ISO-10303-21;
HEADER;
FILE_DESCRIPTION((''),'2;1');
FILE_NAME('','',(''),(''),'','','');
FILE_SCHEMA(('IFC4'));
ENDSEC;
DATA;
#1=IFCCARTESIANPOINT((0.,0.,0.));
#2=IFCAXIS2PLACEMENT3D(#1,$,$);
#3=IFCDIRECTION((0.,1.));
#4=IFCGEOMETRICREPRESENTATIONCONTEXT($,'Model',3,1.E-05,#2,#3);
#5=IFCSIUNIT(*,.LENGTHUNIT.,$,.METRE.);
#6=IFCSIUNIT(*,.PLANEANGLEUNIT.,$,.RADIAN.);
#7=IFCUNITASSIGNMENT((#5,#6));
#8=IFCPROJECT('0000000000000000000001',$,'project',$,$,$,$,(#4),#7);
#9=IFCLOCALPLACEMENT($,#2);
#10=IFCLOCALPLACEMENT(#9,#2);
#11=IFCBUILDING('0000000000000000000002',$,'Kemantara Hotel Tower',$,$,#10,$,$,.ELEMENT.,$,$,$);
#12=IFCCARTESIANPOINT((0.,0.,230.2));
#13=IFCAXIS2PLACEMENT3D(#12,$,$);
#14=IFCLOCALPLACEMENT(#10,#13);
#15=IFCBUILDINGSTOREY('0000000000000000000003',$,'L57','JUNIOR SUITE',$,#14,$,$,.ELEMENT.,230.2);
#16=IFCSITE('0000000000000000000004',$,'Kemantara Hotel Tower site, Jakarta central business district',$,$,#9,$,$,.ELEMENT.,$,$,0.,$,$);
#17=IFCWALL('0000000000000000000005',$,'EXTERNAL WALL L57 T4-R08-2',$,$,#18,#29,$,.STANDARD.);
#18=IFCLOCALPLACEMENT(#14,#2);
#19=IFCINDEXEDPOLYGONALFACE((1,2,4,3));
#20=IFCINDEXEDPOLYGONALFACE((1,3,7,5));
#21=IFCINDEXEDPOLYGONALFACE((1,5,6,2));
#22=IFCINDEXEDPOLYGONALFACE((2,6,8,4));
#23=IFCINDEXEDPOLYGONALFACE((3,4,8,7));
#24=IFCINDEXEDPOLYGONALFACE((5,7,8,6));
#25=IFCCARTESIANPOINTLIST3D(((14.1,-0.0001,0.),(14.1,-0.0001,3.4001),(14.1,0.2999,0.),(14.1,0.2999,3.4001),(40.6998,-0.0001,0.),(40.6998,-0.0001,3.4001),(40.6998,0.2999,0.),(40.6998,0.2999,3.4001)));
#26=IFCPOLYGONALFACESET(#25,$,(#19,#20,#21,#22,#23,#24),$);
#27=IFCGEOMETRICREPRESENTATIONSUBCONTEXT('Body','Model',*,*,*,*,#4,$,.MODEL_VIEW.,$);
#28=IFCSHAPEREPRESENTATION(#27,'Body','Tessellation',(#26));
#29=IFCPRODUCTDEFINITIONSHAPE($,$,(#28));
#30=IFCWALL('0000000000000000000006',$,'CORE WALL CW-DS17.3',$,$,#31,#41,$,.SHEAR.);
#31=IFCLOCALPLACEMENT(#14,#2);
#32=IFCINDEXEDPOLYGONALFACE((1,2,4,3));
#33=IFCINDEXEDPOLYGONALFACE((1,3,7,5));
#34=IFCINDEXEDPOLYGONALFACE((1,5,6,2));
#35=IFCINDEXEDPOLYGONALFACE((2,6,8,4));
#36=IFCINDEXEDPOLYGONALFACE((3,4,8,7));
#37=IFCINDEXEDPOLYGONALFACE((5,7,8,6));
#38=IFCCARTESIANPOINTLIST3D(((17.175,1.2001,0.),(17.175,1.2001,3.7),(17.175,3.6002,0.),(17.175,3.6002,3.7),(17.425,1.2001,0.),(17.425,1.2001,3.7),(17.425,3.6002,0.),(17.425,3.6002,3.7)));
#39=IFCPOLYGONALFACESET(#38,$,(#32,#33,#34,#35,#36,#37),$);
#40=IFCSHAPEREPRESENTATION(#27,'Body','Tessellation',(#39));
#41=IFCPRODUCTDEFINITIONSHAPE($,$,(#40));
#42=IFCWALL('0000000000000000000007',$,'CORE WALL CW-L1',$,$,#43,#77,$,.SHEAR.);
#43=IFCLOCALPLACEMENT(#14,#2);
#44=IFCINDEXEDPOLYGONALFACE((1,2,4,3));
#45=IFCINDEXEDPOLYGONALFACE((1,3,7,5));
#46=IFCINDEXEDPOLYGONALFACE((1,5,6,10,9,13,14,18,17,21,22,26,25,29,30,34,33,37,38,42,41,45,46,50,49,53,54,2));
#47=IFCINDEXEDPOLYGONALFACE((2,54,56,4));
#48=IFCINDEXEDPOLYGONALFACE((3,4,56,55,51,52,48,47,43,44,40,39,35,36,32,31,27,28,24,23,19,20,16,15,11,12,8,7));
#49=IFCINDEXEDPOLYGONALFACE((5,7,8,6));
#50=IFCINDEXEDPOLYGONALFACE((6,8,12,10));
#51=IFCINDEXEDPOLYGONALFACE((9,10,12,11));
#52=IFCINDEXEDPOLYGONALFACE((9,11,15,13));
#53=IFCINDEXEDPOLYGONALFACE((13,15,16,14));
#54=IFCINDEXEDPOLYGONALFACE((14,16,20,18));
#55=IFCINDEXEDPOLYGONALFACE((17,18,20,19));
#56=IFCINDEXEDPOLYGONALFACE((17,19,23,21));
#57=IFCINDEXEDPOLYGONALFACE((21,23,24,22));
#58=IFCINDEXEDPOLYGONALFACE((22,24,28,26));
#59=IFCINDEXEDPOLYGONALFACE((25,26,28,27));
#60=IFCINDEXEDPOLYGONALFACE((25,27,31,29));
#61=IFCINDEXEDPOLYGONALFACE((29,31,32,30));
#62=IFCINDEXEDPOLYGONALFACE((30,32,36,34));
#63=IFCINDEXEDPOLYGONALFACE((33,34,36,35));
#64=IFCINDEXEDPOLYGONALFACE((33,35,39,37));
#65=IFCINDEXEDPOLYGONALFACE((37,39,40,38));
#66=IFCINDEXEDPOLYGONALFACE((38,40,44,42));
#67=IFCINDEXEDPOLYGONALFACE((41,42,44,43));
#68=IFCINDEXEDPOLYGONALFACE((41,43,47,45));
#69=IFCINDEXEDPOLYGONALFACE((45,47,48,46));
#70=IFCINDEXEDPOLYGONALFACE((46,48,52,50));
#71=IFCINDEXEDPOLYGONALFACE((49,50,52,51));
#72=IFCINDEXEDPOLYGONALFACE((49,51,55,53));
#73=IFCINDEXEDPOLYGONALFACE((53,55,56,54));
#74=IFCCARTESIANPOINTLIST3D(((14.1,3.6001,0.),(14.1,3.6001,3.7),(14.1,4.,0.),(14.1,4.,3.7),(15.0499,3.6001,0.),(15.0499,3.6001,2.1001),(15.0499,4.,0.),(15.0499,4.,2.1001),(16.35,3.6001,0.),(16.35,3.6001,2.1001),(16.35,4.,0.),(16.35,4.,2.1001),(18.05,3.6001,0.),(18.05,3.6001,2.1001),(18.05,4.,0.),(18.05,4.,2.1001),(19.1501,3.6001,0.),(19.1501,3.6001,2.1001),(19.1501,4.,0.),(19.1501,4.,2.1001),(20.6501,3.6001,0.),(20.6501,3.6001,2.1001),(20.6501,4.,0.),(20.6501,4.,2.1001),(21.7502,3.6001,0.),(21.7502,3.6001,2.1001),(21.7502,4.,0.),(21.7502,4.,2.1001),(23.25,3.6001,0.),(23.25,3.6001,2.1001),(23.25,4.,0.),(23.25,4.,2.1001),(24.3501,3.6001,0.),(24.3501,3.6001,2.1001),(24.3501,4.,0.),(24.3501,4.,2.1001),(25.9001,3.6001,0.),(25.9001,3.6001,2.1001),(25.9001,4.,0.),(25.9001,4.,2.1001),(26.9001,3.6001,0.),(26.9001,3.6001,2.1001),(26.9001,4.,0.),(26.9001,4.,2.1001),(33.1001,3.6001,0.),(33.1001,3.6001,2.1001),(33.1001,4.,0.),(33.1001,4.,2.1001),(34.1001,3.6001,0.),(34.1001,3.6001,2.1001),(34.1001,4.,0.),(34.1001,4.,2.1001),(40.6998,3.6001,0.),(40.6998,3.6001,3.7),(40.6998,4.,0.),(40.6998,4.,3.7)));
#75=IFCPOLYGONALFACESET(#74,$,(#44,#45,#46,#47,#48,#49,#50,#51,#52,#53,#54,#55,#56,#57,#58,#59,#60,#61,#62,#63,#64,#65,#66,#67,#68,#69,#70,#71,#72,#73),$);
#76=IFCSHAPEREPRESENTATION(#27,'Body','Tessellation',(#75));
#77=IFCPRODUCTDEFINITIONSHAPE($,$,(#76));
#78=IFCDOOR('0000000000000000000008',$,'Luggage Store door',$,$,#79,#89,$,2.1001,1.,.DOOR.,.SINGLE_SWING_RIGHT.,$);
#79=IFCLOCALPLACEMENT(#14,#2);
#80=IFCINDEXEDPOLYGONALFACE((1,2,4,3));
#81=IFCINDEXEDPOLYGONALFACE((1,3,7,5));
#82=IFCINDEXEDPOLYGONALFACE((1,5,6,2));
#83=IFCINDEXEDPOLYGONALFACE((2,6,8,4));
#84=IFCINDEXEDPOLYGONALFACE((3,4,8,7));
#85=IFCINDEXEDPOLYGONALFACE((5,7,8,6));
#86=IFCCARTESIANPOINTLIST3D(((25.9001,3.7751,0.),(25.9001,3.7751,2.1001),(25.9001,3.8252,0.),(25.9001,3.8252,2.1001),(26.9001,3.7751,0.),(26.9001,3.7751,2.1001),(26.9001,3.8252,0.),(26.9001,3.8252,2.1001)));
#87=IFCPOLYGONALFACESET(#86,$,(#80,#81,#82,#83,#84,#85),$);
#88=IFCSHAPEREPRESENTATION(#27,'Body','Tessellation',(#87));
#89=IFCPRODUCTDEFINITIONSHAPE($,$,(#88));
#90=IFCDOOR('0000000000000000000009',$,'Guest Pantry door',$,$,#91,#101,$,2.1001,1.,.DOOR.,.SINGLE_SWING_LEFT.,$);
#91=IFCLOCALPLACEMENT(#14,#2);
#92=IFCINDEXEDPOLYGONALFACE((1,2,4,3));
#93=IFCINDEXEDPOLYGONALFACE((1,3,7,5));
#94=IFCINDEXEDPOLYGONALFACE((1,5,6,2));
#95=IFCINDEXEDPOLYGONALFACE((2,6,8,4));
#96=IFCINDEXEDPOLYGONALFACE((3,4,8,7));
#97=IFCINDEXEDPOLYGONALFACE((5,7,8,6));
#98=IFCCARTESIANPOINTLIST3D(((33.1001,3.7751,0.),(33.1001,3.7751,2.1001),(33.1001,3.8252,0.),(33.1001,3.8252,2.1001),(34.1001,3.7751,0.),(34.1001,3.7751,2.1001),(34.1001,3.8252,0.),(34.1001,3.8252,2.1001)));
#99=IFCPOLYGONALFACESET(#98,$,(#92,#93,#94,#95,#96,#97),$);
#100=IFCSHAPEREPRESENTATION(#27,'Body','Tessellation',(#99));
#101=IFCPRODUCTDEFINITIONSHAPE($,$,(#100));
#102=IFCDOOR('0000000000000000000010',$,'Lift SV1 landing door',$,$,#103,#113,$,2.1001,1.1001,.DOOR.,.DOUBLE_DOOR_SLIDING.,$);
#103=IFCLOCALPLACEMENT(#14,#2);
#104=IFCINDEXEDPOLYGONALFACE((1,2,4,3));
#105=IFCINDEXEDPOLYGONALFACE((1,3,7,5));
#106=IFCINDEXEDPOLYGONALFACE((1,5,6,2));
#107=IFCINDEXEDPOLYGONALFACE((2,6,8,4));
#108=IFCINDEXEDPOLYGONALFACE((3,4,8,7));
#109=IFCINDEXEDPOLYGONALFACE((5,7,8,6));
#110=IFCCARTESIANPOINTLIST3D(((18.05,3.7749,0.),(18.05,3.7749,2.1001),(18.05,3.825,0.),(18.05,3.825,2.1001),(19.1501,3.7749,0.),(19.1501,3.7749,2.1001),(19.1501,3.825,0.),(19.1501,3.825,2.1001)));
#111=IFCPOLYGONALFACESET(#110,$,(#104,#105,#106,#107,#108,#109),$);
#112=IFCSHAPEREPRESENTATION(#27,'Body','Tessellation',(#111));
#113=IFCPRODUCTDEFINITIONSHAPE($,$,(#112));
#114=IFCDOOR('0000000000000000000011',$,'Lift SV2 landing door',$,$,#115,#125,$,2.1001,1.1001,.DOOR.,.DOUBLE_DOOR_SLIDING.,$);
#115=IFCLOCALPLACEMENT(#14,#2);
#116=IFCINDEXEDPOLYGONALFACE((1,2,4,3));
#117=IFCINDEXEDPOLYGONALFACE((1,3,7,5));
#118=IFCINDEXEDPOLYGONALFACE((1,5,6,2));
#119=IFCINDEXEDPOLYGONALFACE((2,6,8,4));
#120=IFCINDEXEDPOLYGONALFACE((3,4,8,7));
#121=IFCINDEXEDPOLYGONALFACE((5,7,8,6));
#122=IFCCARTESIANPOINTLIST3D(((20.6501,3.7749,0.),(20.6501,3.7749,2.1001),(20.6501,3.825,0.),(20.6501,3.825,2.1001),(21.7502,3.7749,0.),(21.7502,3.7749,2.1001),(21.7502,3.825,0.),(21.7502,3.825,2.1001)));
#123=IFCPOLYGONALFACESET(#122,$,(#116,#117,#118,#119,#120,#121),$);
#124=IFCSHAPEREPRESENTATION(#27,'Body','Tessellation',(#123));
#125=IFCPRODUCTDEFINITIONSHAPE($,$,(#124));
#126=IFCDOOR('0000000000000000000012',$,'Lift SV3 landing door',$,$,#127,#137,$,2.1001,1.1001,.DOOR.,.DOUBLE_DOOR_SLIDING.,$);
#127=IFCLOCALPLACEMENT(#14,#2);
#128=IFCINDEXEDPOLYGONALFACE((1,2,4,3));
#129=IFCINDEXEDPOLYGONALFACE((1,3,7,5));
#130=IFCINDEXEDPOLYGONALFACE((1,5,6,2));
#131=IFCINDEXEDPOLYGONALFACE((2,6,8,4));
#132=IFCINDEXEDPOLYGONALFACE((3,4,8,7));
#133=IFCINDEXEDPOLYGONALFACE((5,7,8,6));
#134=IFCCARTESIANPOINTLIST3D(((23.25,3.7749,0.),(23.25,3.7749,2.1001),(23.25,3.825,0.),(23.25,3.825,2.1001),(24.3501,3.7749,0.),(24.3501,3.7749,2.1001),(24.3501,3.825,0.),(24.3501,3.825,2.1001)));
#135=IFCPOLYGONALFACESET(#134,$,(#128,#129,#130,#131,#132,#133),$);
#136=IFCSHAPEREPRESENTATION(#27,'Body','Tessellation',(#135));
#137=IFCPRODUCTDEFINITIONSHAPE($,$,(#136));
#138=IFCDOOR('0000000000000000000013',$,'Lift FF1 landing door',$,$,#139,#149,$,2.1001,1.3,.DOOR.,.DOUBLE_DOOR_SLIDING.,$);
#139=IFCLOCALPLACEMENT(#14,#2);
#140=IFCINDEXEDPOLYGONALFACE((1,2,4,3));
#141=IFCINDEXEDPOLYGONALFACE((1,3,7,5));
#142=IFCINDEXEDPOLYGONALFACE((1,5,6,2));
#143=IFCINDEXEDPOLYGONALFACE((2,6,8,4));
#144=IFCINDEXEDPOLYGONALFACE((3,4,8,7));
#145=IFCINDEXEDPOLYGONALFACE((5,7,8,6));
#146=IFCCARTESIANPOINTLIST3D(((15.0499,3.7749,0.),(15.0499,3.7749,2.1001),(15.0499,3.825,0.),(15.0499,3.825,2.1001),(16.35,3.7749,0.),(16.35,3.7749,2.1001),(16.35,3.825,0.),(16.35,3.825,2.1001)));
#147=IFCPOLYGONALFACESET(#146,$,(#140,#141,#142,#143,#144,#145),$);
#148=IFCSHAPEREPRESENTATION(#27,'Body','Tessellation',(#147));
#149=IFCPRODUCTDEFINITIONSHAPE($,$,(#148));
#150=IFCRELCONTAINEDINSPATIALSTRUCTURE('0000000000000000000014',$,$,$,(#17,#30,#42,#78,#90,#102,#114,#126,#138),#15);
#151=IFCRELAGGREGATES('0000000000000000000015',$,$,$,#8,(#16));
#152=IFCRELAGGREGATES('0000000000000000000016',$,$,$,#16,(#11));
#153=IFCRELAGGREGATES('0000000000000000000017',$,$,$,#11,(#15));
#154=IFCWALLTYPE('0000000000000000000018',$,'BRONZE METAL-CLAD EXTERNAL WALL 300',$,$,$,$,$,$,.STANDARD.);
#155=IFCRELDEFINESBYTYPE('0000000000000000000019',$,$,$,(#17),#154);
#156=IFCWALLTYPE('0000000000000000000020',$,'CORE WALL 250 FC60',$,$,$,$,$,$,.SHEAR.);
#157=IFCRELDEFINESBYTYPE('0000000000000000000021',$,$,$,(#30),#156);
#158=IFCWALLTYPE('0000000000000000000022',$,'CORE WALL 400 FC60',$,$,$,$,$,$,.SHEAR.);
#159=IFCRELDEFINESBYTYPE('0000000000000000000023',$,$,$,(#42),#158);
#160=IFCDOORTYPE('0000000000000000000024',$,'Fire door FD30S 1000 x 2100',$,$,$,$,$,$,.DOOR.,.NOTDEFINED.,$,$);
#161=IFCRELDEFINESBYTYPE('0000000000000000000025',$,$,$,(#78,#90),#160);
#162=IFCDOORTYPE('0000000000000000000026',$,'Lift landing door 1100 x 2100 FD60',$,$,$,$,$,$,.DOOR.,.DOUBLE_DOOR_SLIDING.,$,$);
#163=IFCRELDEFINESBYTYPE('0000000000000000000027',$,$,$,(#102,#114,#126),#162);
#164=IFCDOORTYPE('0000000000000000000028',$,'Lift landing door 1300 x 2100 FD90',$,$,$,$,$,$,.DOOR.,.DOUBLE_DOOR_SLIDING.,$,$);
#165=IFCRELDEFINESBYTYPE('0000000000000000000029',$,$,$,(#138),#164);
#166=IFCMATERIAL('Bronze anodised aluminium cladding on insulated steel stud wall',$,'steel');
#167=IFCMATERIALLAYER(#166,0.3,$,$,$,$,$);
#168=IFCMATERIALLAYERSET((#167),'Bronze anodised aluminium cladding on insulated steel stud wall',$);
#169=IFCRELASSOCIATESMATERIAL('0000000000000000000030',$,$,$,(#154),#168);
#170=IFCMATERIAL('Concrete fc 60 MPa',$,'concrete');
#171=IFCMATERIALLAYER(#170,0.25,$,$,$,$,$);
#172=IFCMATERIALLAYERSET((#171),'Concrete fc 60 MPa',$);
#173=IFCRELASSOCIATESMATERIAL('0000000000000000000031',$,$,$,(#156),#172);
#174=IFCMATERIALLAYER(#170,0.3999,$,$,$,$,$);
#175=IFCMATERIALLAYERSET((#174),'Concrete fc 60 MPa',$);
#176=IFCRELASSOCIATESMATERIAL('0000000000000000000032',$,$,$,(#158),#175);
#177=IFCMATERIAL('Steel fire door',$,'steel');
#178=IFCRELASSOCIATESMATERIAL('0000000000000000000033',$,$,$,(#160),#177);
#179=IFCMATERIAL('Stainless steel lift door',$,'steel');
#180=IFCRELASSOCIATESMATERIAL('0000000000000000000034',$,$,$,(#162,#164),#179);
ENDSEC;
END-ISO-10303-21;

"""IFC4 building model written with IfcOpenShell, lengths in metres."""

from ifc_helpers import new_model, si_unit, direction, frame, frame_2d, origin, place, context, subcontext, project, spatial, rectangle, extrude, material, layer, layer_set, type_object, element, fill, save


model = new_model("IFC4")

# Units and contexts
model_context = context("Model", 3, precision=1e-05, world=origin(), true_north=direction((0.0, 1.0)))
body_context = subcontext(model_context, "Body", "Model", "MODEL_VIEW")
ifc_project = project(units=[si_unit("LENGTHUNIT", "METRE"), si_unit("PLANEANGLEUNIT", "RADIAN")], contexts=[model_context])

# Site, building, storey
site_placement = place(None, origin())
site = spatial("IfcSite", under=ifc_project, at=site_placement, Name="Kemantara Hotel Tower site, Jakarta central business district", CompositionType="ELEMENT", RefElevation=0.0)
building_placement = place(site_placement, origin())
building = spatial("IfcBuilding", under=site, at=building_placement, Name="Kemantara Hotel Tower", CompositionType="ELEMENT")
storey_placement = place(building_placement, frame((0.0, 0.0, 230.2)))
storey = spatial("IfcBuildingStorey", under=building, at=storey_placement, Name="L57", Description="JUNIOR SUITE", CompositionType="ELEMENT", Elevation=230.2)

# Walls
ifc_material_1 = material(Name="Bronze anodised aluminium cladding on insulated steel stud wall", Category="steel")
ifc_layer_1 = layer(ifc_material_1, 0.3)
ifc_layer_set_1 = layer_set([ifc_layer_1], Name="Bronze anodised aluminium cladding on insulated steel stud wall")
wall_type_1 = type_object("IfcWallType", Name="BRONZE METAL-CLAD EXTERNAL WALL 300", PredefinedType="STANDARD", material=ifc_layer_set_1)
wall_1_placement = place(storey_placement, frame((14.1001, 0.1499, 0.0), z_axis=(0.0, 0.0, 1.0), x_axis=(1.0, 0.0, 0.0)))
element("IfcWall", 1, at=wall_1_placement, inside=storey, type_object=wall_type_1, Name="EXTERNAL WALL L57 T4-R08-2", PredefinedType="STANDARD", context=body_context, shape_type="SweptSolid", body=[
    extrude(rectangle(XDim=26.5999, YDim=0.3, at=frame_2d((13.2998, 0.0))), origin(), (0.0, 0.0, 1.0), 3.4001),
])
ifc_material_2 = material(Name="Concrete fc 60 MPa", Category="concrete")
ifc_layer_2 = layer(ifc_material_2, 0.25)
ifc_layer_set_2 = layer_set([ifc_layer_2], Name="Concrete fc 60 MPa")
wall_type_2 = type_object("IfcWallType", Name="CORE WALL 250 FC60", PredefinedType="SHEAR", material=ifc_layer_set_2)
wall_2_placement = place(storey_placement, frame((17.3, 1.2, 0.0), z_axis=(0.0, 0.0, 1.0), x_axis=(0.0, 1.0, 0.0)))
element("IfcWall", 2, at=wall_2_placement, inside=storey, type_object=wall_type_2, Name="CORE WALL CW-DS17.3", PredefinedType="SHEAR", context=body_context, shape_type="SweptSolid", body=[
    extrude(rectangle(XDim=2.4001, YDim=0.25, at=frame_2d((1.2002, 0.0))), origin(), (0.0, 0.0, 1.0), 3.7),
])

# Wall, openings, doors
ifc_layer_3 = layer(ifc_material_2, 0.3999)
ifc_layer_set_3 = layer_set([ifc_layer_3], Name="Concrete fc 60 MPa")
wall_type_3 = type_object("IfcWallType", Name="CORE WALL 400 FC60", PredefinedType="SHEAR", material=ifc_layer_set_3)
wall_3_placement = place(storey_placement, frame((14.1001, 3.8, 0.0), z_axis=(0.0, 0.0, 1.0), x_axis=(1.0, 0.0, 0.0)))
wall_3 = element("IfcWall", 3, at=wall_3_placement, inside=storey, type_object=wall_type_3, Name="CORE WALL CW-L1", PredefinedType="SHEAR", context=body_context, shape_type="SweptSolid", body=[
    extrude(rectangle(XDim=26.5999, YDim=0.3999, at=frame_2d((13.2998, 0.0))), origin(), (0.0, 0.0, 1.0), 3.7),
])
opening_1_placement = place(wall_3_placement, frame((0.95, 0.0, 0.0)))
opening_1 = element("IfcOpeningElement", 4, at=opening_1_placement, cuts=wall_3, PredefinedType="OPENING", context=body_context, shape_type="SweptSolid", body=[
    extrude(rectangle(XDim=1.3, YDim=2.1001, at=frame_2d((0.6499, 1.05))), frame((0.0, 0.21, 0.0), z_axis=(0.0, -1.0, 0.0), x_axis=(1.0, 0.0, 0.0)), (0.0, 0.0, 1.0), 0.4199),
])
opening_2_placement = place(wall_3_placement, frame((3.95, 0.0, 0.0)))
opening_2 = element("IfcOpeningElement", 5, at=opening_2_placement, cuts=wall_3, PredefinedType="OPENING", context=body_context, shape_type="SweptSolid", body=[
    extrude(rectangle(XDim=1.1001, YDim=2.1001, at=frame_2d((0.55, 1.05))), frame((0.0, 0.21, 0.0), z_axis=(0.0, -1.0, 0.0), x_axis=(1.0, 0.0, 0.0)), (0.0, 0.0, 1.0), 0.4199),
])
opening_3_placement = place(wall_3_placement, frame((6.55, 0.0, 0.0)))
opening_3 = element("IfcOpeningElement", 6, at=opening_3_placement, cuts=wall_3, PredefinedType="OPENING", context=body_context, shape_type="SweptSolid", body=[
    extrude(rectangle(XDim=1.1001, YDim=2.1001, at=frame_2d((0.55, 1.05))), frame((0.0, 0.21, 0.0), z_axis=(0.0, -1.0, 0.0), x_axis=(1.0, 0.0, 0.0)), (0.0, 0.0, 1.0), 0.4199),
])
opening_4_placement = place(wall_3_placement, frame((9.1499, 0.0, 0.0)))
opening_4 = element("IfcOpeningElement", 7, at=opening_4_placement, cuts=wall_3, PredefinedType="OPENING", context=body_context, shape_type="SweptSolid", body=[
    extrude(rectangle(XDim=1.1001, YDim=2.1001, at=frame_2d((0.55, 1.05))), frame((0.0, 0.21, 0.0), z_axis=(0.0, -1.0, 0.0), x_axis=(1.0, 0.0, 0.0)), (0.0, 0.0, 1.0), 0.4199),
])
opening_5_placement = place(wall_3_placement, frame((11.8, 0.0, 0.0)))
opening_5 = element("IfcOpeningElement", 8, at=opening_5_placement, cuts=wall_3, PredefinedType="OPENING", context=body_context, shape_type="SweptSolid", body=[
    extrude(rectangle(XDim=1.0, YDim=2.1001, at=frame_2d((0.5, 1.05))), frame((0.0, 0.21, 0.0), z_axis=(0.0, -1.0, 0.0), x_axis=(1.0, 0.0, 0.0)), (0.0, 0.0, 1.0), 0.4199),
])
opening_6_placement = place(wall_3_placement, frame((19.0, 0.0, 0.0)))
opening_6 = element("IfcOpeningElement", 9, at=opening_6_placement, cuts=wall_3, PredefinedType="OPENING", context=body_context, shape_type="SweptSolid", body=[
    extrude(rectangle(XDim=1.0, YDim=2.1001, at=frame_2d((0.5, 1.05))), frame((0.0, 0.21, 0.0), z_axis=(0.0, -1.0, 0.0), x_axis=(1.0, 0.0, 0.0)), (0.0, 0.0, 1.0), 0.4199),
])
ifc_material_3 = material(Name="Steel fire door", Category="steel")
door_type_1 = type_object("IfcDoorType", Name="Fire door FD30S 1000 x 2100", OperationType="NOTDEFINED", PredefinedType="DOOR", material=ifc_material_3)
door_1_placement = place(opening_5_placement, frame((1.0, 0.0, 0.0), z_axis=(0.0, 0.0, 1.0), x_axis=(-1.0, 0.0, 0.0)))
door_1 = element("IfcDoor", 10, at=door_1_placement, inside=storey, type_object=door_type_1, Name="Luggage Store door", OperationType="SINGLE_SWING_RIGHT", OverallHeight=2.1001, OverallWidth=1.0, PredefinedType="DOOR", context=body_context, shape_type="SweptSolid", body=[
    extrude(rectangle(XDim=1.0, YDim=2.1001, at=frame_2d((0.5, 1.05))), frame((0.0, 0.0249, 0.0), z_axis=(0.0, -1.0, 0.0), x_axis=(1.0, 0.0, 0.0)), (0.0, 0.0, 1.0), 0.05),
])
fill(opening_5, door_1)
door_2_placement = place(opening_6_placement, frame((1.0, 0.0, 0.0), z_axis=(0.0, 0.0, 1.0), x_axis=(-1.0, 0.0, 0.0)))
door_2 = element("IfcDoor", 11, at=door_2_placement, inside=storey, type_object=door_type_1, Name="Guest Pantry door", OperationType="SINGLE_SWING_LEFT", OverallHeight=2.1001, OverallWidth=1.0, PredefinedType="DOOR", context=body_context, shape_type="SweptSolid", body=[
    extrude(rectangle(XDim=1.0, YDim=2.1001, at=frame_2d((0.5, 1.05))), frame((0.0, 0.0249, 0.0), z_axis=(0.0, -1.0, 0.0), x_axis=(1.0, 0.0, 0.0)), (0.0, 0.0, 1.0), 0.05),
])
fill(opening_6, door_2)
ifc_material_4 = material(Name="Stainless steel lift door", Category="steel")
door_type_2 = type_object("IfcDoorType", Name="Lift landing door 1100 x 2100 FD60", OperationType="DOUBLE_DOOR_SLIDING", PredefinedType="DOOR", material=ifc_material_4)
door_3_placement = place(opening_2_placement, origin())
door_3 = element("IfcDoor", 12, at=door_3_placement, inside=storey, type_object=door_type_2, Name="Lift SV1 landing door", OperationType="DOUBLE_DOOR_SLIDING", OverallHeight=2.1001, OverallWidth=1.1001, PredefinedType="DOOR", context=body_context, shape_type="SweptSolid", body=[
    extrude(rectangle(XDim=1.1001, YDim=2.1001, at=frame_2d((0.55, 1.05))), frame((0.0, 0.0249, 0.0), z_axis=(0.0, -1.0, 0.0), x_axis=(1.0, 0.0, 0.0)), (0.0, 0.0, 1.0), 0.05),
])
fill(opening_2, door_3)
door_4_placement = place(opening_3_placement, origin())
door_4 = element("IfcDoor", 13, at=door_4_placement, inside=storey, type_object=door_type_2, Name="Lift SV2 landing door", OperationType="DOUBLE_DOOR_SLIDING", OverallHeight=2.1001, OverallWidth=1.1001, PredefinedType="DOOR", context=body_context, shape_type="SweptSolid", body=[
    extrude(rectangle(XDim=1.1001, YDim=2.1001, at=frame_2d((0.55, 1.05))), frame((0.0, 0.0249, 0.0), z_axis=(0.0, -1.0, 0.0), x_axis=(1.0, 0.0, 0.0)), (0.0, 0.0, 1.0), 0.05),
])
fill(opening_3, door_4)
door_5_placement = place(opening_4_placement, origin())
door_5 = element("IfcDoor", 14, at=door_5_placement, inside=storey, type_object=door_type_2, Name="Lift SV3 landing door", OperationType="DOUBLE_DOOR_SLIDING", OverallHeight=2.1001, OverallWidth=1.1001, PredefinedType="DOOR", context=body_context, shape_type="SweptSolid", body=[
    extrude(rectangle(XDim=1.1001, YDim=2.1001, at=frame_2d((0.55, 1.05))), frame((0.0, 0.0249, 0.0), z_axis=(0.0, -1.0, 0.0), x_axis=(1.0, 0.0, 0.0)), (0.0, 0.0, 1.0), 0.05),
])
fill(opening_4, door_5)
door_type_3 = type_object("IfcDoorType", Name="Lift landing door 1300 x 2100 FD90", OperationType="DOUBLE_DOOR_SLIDING", PredefinedType="DOOR", material=ifc_material_4)
door_6_placement = place(opening_1_placement, origin())
door_6 = element("IfcDoor", 15, at=door_6_placement, inside=storey, type_object=door_type_3, Name="Lift FF1 landing door", OperationType="DOUBLE_DOOR_SLIDING", OverallHeight=2.1001, OverallWidth=1.3, PredefinedType="DOOR", context=body_context, shape_type="SweptSolid", body=[
    extrude(rectangle(XDim=1.3, YDim=2.1001, at=frame_2d((0.6499, 1.05))), frame((0.0, 0.0249, 0.0), z_axis=(0.0, -1.0, 0.0), x_axis=(1.0, 0.0, 0.0)), (0.0, 0.0, 1.0), 0.05),
])
fill(opening_1, door_6)

save(model, "model.ifc")
